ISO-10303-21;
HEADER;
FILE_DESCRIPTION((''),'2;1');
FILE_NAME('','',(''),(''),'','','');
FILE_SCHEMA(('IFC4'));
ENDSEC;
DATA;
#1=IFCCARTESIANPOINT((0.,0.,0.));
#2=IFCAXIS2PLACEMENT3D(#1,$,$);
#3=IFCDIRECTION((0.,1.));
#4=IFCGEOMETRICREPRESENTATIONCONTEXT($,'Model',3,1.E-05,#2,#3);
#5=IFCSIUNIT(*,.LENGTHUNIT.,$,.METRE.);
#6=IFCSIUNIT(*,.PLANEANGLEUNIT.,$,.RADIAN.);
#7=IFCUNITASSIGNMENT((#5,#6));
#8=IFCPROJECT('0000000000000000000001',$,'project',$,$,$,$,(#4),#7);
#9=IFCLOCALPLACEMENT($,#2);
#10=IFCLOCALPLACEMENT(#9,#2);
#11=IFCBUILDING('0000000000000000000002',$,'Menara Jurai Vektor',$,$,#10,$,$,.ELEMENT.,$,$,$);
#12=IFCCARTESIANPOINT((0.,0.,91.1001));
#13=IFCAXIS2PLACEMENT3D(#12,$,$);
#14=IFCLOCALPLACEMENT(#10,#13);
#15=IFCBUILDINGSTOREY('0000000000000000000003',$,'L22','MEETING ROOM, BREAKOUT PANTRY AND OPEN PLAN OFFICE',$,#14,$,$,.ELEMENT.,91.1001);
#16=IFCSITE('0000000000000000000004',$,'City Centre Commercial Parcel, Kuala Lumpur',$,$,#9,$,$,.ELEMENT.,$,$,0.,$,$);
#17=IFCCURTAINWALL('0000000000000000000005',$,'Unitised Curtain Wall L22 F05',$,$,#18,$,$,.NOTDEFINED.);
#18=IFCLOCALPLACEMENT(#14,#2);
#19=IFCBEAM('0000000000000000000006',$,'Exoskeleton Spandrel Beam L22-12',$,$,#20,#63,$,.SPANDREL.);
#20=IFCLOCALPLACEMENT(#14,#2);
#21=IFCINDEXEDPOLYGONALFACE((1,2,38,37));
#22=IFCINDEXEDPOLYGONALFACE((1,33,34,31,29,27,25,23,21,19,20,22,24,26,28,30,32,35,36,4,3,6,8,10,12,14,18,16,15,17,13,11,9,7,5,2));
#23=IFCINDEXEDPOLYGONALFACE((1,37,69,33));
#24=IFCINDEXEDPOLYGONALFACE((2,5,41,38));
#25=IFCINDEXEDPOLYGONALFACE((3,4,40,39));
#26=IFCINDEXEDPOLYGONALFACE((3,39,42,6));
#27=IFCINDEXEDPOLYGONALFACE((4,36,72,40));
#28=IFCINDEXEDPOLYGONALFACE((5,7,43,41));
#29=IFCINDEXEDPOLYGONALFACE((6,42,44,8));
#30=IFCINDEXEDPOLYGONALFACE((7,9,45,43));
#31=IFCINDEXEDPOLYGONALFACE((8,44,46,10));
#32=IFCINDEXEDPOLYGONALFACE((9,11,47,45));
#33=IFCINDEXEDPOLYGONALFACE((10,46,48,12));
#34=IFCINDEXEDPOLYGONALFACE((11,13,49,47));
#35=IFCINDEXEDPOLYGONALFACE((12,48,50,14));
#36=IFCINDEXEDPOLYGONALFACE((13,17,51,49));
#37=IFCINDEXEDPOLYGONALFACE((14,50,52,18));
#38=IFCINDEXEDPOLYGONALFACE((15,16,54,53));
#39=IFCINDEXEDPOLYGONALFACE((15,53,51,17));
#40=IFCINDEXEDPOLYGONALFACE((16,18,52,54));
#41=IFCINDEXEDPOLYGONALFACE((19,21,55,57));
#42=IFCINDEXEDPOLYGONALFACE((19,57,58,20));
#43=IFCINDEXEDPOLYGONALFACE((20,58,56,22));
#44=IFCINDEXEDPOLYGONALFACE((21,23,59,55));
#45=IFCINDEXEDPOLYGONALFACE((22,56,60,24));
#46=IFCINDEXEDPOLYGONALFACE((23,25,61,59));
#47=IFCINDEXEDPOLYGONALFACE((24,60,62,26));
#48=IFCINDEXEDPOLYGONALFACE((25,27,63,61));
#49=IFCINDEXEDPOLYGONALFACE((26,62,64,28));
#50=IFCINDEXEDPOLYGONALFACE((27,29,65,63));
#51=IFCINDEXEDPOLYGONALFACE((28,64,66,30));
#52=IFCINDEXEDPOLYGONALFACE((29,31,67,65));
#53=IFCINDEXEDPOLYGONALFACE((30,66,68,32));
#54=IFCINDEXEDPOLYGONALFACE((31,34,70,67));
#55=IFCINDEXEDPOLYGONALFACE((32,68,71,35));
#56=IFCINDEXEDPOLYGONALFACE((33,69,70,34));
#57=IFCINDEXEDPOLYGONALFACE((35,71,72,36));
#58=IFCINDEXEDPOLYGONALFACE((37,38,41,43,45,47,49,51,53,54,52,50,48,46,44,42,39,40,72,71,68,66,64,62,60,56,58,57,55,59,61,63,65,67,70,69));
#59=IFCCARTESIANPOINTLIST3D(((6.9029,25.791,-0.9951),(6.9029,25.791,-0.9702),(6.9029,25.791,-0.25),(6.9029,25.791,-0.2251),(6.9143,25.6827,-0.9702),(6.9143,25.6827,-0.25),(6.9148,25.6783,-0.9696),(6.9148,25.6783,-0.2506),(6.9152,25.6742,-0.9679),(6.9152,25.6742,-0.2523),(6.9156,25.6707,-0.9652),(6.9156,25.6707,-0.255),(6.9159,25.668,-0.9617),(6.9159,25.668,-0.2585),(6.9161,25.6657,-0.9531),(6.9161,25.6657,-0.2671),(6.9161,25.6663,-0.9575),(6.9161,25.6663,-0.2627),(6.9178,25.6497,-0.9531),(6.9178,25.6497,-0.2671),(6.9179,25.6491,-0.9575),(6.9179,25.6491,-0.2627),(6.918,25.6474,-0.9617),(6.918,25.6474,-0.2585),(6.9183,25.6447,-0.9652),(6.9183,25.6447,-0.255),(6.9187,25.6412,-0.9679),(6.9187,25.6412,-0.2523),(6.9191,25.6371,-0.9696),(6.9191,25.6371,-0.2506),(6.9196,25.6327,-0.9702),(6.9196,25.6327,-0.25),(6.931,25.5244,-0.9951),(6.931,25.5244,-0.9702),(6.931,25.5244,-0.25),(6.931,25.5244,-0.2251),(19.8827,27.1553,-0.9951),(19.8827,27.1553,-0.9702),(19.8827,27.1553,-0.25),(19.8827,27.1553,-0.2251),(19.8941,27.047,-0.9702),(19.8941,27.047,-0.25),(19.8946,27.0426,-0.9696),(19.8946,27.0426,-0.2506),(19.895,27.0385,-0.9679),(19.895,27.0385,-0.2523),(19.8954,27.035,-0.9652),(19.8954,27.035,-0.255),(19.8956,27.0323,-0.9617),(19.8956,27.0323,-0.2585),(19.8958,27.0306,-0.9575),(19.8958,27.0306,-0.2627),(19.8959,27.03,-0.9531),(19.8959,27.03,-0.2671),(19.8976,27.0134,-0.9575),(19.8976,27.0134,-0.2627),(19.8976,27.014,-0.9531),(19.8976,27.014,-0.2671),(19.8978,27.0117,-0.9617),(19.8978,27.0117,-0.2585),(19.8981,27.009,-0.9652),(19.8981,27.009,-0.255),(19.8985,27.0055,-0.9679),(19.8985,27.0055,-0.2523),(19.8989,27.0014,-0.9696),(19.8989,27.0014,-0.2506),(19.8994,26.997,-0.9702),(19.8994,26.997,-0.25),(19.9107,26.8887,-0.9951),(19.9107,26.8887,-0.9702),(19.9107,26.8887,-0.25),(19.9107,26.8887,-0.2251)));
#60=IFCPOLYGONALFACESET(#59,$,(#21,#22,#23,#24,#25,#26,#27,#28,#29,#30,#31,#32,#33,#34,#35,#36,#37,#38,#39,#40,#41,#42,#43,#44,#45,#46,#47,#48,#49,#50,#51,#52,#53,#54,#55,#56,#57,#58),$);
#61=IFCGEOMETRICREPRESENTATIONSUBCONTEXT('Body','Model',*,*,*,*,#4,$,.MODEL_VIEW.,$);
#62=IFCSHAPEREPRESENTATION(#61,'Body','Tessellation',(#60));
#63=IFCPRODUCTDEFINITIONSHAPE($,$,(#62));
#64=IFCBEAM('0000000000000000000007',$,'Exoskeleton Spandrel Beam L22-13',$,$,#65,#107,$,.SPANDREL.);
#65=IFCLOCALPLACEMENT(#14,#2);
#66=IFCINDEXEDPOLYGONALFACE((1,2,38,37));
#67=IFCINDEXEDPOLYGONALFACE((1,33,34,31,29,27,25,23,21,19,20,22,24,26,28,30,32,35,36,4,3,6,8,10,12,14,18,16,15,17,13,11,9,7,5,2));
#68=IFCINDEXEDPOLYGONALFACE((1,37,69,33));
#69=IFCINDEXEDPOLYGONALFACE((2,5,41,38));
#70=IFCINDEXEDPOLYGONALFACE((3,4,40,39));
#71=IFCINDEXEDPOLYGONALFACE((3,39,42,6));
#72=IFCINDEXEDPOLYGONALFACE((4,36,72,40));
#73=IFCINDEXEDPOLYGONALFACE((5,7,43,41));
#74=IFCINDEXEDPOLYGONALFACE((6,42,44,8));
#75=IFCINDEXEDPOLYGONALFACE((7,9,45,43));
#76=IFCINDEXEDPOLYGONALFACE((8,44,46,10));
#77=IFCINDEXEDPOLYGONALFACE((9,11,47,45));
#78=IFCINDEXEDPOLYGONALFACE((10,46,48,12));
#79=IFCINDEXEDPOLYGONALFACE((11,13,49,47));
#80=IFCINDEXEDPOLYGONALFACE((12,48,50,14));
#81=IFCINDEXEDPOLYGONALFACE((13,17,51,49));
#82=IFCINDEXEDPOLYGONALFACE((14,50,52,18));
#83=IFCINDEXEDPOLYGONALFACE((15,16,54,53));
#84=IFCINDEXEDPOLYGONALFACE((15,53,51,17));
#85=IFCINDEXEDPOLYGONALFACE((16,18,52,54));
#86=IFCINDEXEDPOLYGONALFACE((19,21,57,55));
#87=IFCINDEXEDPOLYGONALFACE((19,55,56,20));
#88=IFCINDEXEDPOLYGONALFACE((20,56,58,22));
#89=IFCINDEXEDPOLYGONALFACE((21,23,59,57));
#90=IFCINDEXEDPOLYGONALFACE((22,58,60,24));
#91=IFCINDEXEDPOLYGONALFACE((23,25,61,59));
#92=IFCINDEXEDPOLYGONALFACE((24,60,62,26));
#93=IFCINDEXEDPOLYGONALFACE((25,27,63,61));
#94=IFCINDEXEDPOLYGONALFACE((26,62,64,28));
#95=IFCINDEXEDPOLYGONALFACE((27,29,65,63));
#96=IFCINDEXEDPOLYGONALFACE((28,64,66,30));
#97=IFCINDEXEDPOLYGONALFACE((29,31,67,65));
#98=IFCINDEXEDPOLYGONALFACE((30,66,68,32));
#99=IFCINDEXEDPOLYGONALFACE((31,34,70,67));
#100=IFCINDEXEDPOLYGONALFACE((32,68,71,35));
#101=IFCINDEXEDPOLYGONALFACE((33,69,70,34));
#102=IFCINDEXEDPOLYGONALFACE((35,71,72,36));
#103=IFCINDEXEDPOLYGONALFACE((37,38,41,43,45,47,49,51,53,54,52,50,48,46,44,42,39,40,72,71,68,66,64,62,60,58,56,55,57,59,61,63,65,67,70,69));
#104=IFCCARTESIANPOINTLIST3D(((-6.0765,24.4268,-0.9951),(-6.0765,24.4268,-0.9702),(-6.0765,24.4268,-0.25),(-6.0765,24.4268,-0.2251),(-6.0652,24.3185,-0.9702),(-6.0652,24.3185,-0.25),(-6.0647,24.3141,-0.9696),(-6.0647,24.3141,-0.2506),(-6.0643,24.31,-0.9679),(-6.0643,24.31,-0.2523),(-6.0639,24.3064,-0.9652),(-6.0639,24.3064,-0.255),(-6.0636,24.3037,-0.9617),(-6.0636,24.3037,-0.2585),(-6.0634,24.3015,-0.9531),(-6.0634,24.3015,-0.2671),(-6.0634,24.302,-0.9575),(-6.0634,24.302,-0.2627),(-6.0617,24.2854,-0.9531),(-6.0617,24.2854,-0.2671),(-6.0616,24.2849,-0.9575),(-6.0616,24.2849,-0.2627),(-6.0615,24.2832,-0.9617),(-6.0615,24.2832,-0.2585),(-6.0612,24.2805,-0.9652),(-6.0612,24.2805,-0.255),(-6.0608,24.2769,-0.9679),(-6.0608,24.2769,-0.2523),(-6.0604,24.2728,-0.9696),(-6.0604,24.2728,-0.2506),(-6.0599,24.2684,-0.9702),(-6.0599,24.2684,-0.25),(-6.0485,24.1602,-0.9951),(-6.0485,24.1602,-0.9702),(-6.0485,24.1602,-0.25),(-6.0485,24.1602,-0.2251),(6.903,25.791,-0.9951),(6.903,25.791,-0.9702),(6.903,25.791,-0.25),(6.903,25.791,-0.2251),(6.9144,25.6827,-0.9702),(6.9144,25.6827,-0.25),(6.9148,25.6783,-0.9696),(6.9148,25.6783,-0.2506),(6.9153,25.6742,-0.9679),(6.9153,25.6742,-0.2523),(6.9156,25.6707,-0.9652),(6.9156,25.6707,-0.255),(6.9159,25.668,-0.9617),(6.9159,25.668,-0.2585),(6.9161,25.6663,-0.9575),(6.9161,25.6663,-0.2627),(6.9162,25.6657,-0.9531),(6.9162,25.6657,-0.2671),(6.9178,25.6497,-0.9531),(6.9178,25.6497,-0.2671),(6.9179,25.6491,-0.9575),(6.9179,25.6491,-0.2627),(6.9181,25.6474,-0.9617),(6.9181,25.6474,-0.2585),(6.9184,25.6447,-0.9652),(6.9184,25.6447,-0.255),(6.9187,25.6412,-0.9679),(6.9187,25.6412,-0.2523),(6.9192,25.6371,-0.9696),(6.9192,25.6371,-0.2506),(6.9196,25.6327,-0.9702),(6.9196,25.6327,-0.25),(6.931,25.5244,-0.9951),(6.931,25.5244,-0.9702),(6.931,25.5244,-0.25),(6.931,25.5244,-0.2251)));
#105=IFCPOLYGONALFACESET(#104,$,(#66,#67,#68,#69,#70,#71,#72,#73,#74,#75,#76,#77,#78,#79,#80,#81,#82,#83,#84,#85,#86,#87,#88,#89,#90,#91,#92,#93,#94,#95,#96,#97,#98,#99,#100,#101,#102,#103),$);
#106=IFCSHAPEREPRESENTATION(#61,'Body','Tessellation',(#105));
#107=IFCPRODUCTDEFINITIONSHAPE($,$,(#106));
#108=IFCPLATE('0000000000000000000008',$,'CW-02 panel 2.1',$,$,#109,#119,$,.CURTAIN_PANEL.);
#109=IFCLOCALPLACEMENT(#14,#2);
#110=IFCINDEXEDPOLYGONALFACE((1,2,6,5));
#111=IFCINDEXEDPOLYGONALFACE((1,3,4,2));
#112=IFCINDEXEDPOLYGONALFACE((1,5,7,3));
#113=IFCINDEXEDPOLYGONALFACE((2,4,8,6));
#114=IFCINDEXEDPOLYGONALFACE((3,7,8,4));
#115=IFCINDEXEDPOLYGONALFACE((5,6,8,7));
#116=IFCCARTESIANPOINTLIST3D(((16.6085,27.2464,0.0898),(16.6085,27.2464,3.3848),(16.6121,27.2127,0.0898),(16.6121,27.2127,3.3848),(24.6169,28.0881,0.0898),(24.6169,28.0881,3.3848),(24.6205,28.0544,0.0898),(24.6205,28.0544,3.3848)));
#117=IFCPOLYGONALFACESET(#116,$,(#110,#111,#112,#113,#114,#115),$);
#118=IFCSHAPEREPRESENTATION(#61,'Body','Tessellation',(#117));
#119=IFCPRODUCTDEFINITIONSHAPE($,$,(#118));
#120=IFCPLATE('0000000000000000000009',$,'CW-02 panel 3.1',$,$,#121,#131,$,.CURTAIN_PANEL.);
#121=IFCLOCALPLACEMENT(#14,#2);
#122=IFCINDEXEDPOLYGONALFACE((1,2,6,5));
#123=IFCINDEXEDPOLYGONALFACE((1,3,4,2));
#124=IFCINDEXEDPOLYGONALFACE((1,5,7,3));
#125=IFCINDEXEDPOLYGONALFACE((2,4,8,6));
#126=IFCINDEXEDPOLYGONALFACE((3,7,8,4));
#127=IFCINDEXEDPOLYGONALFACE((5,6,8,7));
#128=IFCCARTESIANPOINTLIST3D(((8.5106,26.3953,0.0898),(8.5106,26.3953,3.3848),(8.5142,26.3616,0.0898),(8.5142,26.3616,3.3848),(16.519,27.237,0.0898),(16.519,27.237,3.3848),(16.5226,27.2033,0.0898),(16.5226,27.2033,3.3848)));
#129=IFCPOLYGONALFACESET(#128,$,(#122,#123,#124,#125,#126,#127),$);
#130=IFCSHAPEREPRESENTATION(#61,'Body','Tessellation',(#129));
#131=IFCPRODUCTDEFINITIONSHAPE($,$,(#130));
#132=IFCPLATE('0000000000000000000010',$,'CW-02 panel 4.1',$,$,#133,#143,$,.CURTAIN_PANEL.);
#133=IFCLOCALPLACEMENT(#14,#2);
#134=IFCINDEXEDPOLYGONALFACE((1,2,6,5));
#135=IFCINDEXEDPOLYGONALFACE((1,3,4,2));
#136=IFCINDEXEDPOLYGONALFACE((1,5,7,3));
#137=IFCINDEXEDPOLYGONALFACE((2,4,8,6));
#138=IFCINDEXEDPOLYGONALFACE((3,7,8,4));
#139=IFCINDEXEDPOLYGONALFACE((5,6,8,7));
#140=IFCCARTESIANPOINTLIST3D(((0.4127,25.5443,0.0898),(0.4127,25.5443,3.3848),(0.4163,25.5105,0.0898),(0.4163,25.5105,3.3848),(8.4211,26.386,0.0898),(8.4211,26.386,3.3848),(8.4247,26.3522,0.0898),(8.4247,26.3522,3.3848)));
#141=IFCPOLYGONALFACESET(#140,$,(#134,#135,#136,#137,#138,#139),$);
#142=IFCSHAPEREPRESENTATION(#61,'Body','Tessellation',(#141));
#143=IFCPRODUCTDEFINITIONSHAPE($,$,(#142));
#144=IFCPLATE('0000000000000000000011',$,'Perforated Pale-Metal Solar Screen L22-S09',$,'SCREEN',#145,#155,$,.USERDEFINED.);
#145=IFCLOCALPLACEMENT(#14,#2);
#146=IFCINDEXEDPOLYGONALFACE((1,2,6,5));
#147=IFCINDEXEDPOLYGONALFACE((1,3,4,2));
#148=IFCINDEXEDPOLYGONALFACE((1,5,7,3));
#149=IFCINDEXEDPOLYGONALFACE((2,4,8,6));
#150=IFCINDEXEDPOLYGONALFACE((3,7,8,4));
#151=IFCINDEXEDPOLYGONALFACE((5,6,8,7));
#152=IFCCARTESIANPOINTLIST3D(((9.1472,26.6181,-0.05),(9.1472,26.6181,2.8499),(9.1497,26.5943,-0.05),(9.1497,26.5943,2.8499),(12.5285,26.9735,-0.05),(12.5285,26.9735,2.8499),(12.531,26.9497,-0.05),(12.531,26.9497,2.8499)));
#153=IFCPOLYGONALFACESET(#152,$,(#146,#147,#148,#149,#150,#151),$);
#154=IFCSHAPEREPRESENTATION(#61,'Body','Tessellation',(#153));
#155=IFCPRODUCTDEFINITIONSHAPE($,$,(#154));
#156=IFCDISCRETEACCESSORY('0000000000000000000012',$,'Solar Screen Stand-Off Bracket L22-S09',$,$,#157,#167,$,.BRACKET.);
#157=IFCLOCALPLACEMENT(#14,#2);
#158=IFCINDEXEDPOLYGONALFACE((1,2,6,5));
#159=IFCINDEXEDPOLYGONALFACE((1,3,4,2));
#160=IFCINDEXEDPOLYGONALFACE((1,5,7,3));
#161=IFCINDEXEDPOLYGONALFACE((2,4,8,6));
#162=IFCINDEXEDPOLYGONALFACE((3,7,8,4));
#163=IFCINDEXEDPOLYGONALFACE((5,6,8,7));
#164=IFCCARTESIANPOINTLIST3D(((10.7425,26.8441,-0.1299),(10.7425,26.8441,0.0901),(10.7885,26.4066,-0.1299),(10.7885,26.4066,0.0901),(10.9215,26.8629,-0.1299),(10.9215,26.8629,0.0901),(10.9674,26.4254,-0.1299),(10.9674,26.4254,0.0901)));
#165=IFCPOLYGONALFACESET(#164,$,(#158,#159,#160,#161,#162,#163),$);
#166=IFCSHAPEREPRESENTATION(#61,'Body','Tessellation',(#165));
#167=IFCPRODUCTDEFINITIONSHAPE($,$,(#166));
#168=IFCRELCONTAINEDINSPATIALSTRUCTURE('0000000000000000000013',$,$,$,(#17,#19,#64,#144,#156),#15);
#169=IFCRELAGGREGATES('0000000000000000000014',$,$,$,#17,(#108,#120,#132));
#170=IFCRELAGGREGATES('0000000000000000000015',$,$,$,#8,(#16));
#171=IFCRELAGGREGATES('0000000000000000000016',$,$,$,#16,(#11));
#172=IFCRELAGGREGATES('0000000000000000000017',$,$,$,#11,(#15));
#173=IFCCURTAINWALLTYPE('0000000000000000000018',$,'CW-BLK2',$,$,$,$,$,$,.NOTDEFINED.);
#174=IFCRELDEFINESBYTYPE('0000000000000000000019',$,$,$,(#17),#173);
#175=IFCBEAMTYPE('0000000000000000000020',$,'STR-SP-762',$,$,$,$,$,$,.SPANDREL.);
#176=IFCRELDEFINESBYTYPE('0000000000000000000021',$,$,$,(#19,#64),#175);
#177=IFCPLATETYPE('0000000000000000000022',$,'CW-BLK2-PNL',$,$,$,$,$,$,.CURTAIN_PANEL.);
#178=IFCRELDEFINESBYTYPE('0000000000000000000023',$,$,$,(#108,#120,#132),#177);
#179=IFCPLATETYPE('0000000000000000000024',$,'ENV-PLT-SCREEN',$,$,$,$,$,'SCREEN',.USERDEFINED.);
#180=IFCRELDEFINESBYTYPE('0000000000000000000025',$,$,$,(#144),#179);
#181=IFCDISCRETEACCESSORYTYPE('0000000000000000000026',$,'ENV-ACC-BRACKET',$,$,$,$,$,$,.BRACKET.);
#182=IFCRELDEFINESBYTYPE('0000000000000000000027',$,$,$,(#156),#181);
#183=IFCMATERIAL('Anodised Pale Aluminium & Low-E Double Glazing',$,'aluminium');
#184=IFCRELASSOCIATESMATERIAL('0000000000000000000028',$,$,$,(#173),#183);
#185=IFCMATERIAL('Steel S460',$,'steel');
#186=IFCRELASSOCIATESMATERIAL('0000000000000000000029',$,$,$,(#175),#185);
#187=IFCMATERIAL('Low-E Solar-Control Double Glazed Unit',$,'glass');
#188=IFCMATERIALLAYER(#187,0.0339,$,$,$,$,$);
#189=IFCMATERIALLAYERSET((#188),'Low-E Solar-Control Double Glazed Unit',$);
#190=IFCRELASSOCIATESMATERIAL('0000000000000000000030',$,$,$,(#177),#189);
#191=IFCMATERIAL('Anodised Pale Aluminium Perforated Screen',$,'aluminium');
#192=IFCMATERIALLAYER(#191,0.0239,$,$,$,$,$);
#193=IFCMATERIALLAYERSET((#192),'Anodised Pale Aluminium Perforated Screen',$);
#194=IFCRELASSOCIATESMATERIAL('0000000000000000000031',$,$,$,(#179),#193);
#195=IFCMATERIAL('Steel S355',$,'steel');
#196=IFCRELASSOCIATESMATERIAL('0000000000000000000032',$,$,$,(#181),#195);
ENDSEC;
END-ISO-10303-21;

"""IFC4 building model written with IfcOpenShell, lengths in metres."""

from ifc_helpers import new_model, si_unit, direction, frame, origin, origin_2d, place, context, subcontext, project, spatial, rectangle, i_section, extrude, material, layer, layer_set, material_profile, profile_set, type_object, element, aggregate, save


model = new_model("IFC4")

# Units and contexts
model_context = context("Model", 3, precision=1e-05, world=origin(), true_north=direction((0.0, 1.0)))
body_context = subcontext(model_context, "Body", "Model", "MODEL_VIEW")
ifc_project = project(units=[si_unit("LENGTHUNIT", "METRE"), si_unit("PLANEANGLEUNIT", "RADIAN")], contexts=[model_context])

# Site, building, storey
site_placement = place(None, origin())
site = spatial("IfcSite", under=ifc_project, at=site_placement, Name="City Centre Commercial Parcel, Kuala Lumpur", CompositionType="ELEMENT", RefElevation=0.0)
building_placement = place(site_placement, origin())
building = spatial("IfcBuilding", under=site, at=building_placement, Name="Menara Jurai Vektor", CompositionType="ELEMENT")
storey_placement = place(building_placement, frame((0.0, 0.0, 91.1001)))
storey = spatial("IfcBuildingStorey", under=building, at=storey_placement, Name="L22", Description="MEETING ROOM, BREAKOUT PANTRY AND OPEN PLAN OFFICE", CompositionType="ELEMENT", Elevation=91.1001)

# Shared definitions
ifc_material_1 = material(Name="Steel S460", Category="steel")

# Curtain wall
ifc_material_2 = material(Name="Anodised Pale Aluminium & Low-E Double Glazing", Category="aluminium")
curtain_wall_type = type_object("IfcCurtainWallType", Name="CW-BLK2", PredefinedType="NOTDEFINED", material=ifc_material_2)
curtain_wall_placement = place(storey_placement, origin())
curtain_wall = element("IfcCurtainWall", 1, at=curtain_wall_placement, inside=storey, type_object=curtain_wall_type, Name="Unitised Curtain Wall L22 F05", PredefinedType="NOTDEFINED")

# Beams
ifc_material_3 = material(Name="Steel S355", Category="steel")
ifc_material_profile_1 = material_profile(ifc_material_1, i_section(OverallWidth=0.2681, OverallDepth=0.77, WebThickness=0.0161, FlangeThickness=0.0249, FilletRadius=0.0171, at=origin_2d()), Name="UKB 762x267x197")
ifc_profile_set_1 = profile_set([ifc_material_profile_1], Name="Steel S460")
beam_type_1 = type_object("IfcBeamType", Name="STR-SP-762", PredefinedType="SPANDREL", material=ifc_profile_set_1)
beam_1_placement = place(storey_placement, frame((19.8967, 27.022, -0.6101), z_axis=(-0.994522, -0.104531, 0.0), x_axis=(0.104531, -0.994522, 0.0)))
element("IfcBeam", 2, at=beam_1_placement, inside=storey, type_object=beam_type_1, Name="Exoskeleton Spandrel Beam L22-12", PredefinedType="SPANDREL", context=body_context, shape_type="SweptSolid", body=[
    extrude(i_section(OverallWidth=0.2681, OverallDepth=0.77, WebThickness=0.0161, FlangeThickness=0.0249, FilletRadius=0.0171, at=origin_2d()), origin(), (0.0, 0.0, 1.0), 13.0513),
])
beam_2_placement = place(storey_placement, frame((6.917, 25.6577, -0.6101), z_axis=(-0.994521, -0.104533, 0.0), x_axis=(0.104533, -0.994521, 0.0)))
element("IfcBeam", 3, at=beam_2_placement, inside=storey, type_object=beam_type_1, Name="Exoskeleton Spandrel Beam L22-13", PredefinedType="SPANDREL", context=body_context, shape_type="SweptSolid", body=[
    extrude(i_section(OverallWidth=0.2681, OverallDepth=0.77, WebThickness=0.0161, FlangeThickness=0.0249, FilletRadius=0.0171, at=origin_2d()), origin(), (0.0, 0.0, 1.0), 13.051),
])

# Plates
ifc_material_4 = material(Name="Low-E Solar-Control Double Glazed Unit", Category="glass")
ifc_layer_1 = layer(ifc_material_4, 0.0339)
ifc_layer_set_1 = layer_set([ifc_layer_1], Name="Low-E Solar-Control Double Glazed Unit")
plate_type_1 = type_object("IfcPlateType", Name="CW-BLK2-PNL", PredefinedType="CURTAIN_PANEL", material=ifc_layer_set_1)
plate_1_placement = place(storey_placement, frame((20.6145, 27.6504, 0.0898), z_axis=(0.0, 0.0, 1.0), x_axis=(-0.994522, -0.104529, 0.0)))
plate_1 = element("IfcPlate", 4, at=plate_1_placement, type_object=plate_type_1, Name="CW-02 panel 2.1", PredefinedType="CURTAIN_PANEL", context=body_context, shape_type="SweptSolid", body=[
    extrude(rectangle(XDim=8.0525, YDim=0.0339, at=origin_2d()), origin(), (0.0, 0.0, 1.0), 3.2949),
])
plate_2_placement = place(storey_placement, frame((12.5166, 26.7993, 0.0898), z_axis=(0.0, 0.0, 1.0), x_axis=(-0.994522, -0.104529, 0.0)))
plate_2 = element("IfcPlate", 5, at=plate_2_placement, type_object=plate_type_1, Name="CW-02 panel 3.1", PredefinedType="CURTAIN_PANEL", context=body_context, shape_type="SweptSolid", body=[
    extrude(rectangle(XDim=8.0525, YDim=0.0339, at=origin_2d()), origin(), (0.0, 0.0, 1.0), 3.2949),
])
plate_3_placement = place(storey_placement, frame((4.4187, 25.9482, 0.0898), z_axis=(0.0, 0.0, 1.0), x_axis=(-0.994522, -0.104529, 0.0)))
plate_3 = element("IfcPlate", 6, at=plate_3_placement, type_object=plate_type_1, Name="CW-02 panel 4.1", PredefinedType="CURTAIN_PANEL", context=body_context, shape_type="SweptSolid", body=[
    extrude(rectangle(XDim=8.0525, YDim=0.0339, at=origin_2d()), origin(), (0.0, 0.0, 1.0), 3.2949),
])
aggregate(curtain_wall, [plate_1, plate_2, plate_3])
ifc_material_5 = material(Name="Anodised Pale Aluminium Perforated Screen", Category="aluminium")
ifc_layer_2 = layer(ifc_material_5, 0.0239)
ifc_layer_set_2 = layer_set([ifc_layer_2], Name="Anodised Pale Aluminium Perforated Screen")
plate_type_2 = type_object("IfcPlateType", Name="ENV-PLT-SCREEN", ElementType="SCREEN", PredefinedType="USERDEFINED", material=ifc_layer_set_2)
plate_4_placement = place(storey_placement, frame((10.8391, 26.7839, -0.05), z_axis=(0.0, 0.0, 1.0), x_axis=(-0.994522, -0.104528, 0.0)))
element("IfcPlate", 7, at=plate_4_placement, inside=storey, type_object=plate_type_2, Name="Perforated Pale-Metal Solar Screen L22-S09", ObjectType="SCREEN", PredefinedType="USERDEFINED", context=body_context, shape_type="SweptSolid", body=[
    extrude(rectangle(XDim=3.3999, YDim=0.0239, at=origin_2d()), origin(), (0.0, 0.0, 1.0), 2.8999),
])

# Discrete accessory
discrete_accessory_type = type_object("IfcDiscreteAccessoryType", Name="ENV-ACC-BRACKET", PredefinedType="BRACKET", material=ifc_material_3)
discrete_accessory_placement = place(storey_placement, frame((10.855, 26.6348, -0.1299), z_axis=(0.0, 0.0, 1.0), x_axis=(-0.994522, -0.104528, 0.0)))
element("IfcDiscreteAccessory", 8, at=discrete_accessory_placement, inside=storey, type_object=discrete_accessory_type, Name="Solar Screen Stand-Off Bracket L22-S09", PredefinedType="BRACKET", context=body_context, shape_type="SweptSolid", body=[
    extrude(rectangle(XDim=0.1799, YDim=0.4399, at=origin_2d()), origin(), (0.0, 0.0, 1.0), 0.22),
])

save(model, "model.ifc")
